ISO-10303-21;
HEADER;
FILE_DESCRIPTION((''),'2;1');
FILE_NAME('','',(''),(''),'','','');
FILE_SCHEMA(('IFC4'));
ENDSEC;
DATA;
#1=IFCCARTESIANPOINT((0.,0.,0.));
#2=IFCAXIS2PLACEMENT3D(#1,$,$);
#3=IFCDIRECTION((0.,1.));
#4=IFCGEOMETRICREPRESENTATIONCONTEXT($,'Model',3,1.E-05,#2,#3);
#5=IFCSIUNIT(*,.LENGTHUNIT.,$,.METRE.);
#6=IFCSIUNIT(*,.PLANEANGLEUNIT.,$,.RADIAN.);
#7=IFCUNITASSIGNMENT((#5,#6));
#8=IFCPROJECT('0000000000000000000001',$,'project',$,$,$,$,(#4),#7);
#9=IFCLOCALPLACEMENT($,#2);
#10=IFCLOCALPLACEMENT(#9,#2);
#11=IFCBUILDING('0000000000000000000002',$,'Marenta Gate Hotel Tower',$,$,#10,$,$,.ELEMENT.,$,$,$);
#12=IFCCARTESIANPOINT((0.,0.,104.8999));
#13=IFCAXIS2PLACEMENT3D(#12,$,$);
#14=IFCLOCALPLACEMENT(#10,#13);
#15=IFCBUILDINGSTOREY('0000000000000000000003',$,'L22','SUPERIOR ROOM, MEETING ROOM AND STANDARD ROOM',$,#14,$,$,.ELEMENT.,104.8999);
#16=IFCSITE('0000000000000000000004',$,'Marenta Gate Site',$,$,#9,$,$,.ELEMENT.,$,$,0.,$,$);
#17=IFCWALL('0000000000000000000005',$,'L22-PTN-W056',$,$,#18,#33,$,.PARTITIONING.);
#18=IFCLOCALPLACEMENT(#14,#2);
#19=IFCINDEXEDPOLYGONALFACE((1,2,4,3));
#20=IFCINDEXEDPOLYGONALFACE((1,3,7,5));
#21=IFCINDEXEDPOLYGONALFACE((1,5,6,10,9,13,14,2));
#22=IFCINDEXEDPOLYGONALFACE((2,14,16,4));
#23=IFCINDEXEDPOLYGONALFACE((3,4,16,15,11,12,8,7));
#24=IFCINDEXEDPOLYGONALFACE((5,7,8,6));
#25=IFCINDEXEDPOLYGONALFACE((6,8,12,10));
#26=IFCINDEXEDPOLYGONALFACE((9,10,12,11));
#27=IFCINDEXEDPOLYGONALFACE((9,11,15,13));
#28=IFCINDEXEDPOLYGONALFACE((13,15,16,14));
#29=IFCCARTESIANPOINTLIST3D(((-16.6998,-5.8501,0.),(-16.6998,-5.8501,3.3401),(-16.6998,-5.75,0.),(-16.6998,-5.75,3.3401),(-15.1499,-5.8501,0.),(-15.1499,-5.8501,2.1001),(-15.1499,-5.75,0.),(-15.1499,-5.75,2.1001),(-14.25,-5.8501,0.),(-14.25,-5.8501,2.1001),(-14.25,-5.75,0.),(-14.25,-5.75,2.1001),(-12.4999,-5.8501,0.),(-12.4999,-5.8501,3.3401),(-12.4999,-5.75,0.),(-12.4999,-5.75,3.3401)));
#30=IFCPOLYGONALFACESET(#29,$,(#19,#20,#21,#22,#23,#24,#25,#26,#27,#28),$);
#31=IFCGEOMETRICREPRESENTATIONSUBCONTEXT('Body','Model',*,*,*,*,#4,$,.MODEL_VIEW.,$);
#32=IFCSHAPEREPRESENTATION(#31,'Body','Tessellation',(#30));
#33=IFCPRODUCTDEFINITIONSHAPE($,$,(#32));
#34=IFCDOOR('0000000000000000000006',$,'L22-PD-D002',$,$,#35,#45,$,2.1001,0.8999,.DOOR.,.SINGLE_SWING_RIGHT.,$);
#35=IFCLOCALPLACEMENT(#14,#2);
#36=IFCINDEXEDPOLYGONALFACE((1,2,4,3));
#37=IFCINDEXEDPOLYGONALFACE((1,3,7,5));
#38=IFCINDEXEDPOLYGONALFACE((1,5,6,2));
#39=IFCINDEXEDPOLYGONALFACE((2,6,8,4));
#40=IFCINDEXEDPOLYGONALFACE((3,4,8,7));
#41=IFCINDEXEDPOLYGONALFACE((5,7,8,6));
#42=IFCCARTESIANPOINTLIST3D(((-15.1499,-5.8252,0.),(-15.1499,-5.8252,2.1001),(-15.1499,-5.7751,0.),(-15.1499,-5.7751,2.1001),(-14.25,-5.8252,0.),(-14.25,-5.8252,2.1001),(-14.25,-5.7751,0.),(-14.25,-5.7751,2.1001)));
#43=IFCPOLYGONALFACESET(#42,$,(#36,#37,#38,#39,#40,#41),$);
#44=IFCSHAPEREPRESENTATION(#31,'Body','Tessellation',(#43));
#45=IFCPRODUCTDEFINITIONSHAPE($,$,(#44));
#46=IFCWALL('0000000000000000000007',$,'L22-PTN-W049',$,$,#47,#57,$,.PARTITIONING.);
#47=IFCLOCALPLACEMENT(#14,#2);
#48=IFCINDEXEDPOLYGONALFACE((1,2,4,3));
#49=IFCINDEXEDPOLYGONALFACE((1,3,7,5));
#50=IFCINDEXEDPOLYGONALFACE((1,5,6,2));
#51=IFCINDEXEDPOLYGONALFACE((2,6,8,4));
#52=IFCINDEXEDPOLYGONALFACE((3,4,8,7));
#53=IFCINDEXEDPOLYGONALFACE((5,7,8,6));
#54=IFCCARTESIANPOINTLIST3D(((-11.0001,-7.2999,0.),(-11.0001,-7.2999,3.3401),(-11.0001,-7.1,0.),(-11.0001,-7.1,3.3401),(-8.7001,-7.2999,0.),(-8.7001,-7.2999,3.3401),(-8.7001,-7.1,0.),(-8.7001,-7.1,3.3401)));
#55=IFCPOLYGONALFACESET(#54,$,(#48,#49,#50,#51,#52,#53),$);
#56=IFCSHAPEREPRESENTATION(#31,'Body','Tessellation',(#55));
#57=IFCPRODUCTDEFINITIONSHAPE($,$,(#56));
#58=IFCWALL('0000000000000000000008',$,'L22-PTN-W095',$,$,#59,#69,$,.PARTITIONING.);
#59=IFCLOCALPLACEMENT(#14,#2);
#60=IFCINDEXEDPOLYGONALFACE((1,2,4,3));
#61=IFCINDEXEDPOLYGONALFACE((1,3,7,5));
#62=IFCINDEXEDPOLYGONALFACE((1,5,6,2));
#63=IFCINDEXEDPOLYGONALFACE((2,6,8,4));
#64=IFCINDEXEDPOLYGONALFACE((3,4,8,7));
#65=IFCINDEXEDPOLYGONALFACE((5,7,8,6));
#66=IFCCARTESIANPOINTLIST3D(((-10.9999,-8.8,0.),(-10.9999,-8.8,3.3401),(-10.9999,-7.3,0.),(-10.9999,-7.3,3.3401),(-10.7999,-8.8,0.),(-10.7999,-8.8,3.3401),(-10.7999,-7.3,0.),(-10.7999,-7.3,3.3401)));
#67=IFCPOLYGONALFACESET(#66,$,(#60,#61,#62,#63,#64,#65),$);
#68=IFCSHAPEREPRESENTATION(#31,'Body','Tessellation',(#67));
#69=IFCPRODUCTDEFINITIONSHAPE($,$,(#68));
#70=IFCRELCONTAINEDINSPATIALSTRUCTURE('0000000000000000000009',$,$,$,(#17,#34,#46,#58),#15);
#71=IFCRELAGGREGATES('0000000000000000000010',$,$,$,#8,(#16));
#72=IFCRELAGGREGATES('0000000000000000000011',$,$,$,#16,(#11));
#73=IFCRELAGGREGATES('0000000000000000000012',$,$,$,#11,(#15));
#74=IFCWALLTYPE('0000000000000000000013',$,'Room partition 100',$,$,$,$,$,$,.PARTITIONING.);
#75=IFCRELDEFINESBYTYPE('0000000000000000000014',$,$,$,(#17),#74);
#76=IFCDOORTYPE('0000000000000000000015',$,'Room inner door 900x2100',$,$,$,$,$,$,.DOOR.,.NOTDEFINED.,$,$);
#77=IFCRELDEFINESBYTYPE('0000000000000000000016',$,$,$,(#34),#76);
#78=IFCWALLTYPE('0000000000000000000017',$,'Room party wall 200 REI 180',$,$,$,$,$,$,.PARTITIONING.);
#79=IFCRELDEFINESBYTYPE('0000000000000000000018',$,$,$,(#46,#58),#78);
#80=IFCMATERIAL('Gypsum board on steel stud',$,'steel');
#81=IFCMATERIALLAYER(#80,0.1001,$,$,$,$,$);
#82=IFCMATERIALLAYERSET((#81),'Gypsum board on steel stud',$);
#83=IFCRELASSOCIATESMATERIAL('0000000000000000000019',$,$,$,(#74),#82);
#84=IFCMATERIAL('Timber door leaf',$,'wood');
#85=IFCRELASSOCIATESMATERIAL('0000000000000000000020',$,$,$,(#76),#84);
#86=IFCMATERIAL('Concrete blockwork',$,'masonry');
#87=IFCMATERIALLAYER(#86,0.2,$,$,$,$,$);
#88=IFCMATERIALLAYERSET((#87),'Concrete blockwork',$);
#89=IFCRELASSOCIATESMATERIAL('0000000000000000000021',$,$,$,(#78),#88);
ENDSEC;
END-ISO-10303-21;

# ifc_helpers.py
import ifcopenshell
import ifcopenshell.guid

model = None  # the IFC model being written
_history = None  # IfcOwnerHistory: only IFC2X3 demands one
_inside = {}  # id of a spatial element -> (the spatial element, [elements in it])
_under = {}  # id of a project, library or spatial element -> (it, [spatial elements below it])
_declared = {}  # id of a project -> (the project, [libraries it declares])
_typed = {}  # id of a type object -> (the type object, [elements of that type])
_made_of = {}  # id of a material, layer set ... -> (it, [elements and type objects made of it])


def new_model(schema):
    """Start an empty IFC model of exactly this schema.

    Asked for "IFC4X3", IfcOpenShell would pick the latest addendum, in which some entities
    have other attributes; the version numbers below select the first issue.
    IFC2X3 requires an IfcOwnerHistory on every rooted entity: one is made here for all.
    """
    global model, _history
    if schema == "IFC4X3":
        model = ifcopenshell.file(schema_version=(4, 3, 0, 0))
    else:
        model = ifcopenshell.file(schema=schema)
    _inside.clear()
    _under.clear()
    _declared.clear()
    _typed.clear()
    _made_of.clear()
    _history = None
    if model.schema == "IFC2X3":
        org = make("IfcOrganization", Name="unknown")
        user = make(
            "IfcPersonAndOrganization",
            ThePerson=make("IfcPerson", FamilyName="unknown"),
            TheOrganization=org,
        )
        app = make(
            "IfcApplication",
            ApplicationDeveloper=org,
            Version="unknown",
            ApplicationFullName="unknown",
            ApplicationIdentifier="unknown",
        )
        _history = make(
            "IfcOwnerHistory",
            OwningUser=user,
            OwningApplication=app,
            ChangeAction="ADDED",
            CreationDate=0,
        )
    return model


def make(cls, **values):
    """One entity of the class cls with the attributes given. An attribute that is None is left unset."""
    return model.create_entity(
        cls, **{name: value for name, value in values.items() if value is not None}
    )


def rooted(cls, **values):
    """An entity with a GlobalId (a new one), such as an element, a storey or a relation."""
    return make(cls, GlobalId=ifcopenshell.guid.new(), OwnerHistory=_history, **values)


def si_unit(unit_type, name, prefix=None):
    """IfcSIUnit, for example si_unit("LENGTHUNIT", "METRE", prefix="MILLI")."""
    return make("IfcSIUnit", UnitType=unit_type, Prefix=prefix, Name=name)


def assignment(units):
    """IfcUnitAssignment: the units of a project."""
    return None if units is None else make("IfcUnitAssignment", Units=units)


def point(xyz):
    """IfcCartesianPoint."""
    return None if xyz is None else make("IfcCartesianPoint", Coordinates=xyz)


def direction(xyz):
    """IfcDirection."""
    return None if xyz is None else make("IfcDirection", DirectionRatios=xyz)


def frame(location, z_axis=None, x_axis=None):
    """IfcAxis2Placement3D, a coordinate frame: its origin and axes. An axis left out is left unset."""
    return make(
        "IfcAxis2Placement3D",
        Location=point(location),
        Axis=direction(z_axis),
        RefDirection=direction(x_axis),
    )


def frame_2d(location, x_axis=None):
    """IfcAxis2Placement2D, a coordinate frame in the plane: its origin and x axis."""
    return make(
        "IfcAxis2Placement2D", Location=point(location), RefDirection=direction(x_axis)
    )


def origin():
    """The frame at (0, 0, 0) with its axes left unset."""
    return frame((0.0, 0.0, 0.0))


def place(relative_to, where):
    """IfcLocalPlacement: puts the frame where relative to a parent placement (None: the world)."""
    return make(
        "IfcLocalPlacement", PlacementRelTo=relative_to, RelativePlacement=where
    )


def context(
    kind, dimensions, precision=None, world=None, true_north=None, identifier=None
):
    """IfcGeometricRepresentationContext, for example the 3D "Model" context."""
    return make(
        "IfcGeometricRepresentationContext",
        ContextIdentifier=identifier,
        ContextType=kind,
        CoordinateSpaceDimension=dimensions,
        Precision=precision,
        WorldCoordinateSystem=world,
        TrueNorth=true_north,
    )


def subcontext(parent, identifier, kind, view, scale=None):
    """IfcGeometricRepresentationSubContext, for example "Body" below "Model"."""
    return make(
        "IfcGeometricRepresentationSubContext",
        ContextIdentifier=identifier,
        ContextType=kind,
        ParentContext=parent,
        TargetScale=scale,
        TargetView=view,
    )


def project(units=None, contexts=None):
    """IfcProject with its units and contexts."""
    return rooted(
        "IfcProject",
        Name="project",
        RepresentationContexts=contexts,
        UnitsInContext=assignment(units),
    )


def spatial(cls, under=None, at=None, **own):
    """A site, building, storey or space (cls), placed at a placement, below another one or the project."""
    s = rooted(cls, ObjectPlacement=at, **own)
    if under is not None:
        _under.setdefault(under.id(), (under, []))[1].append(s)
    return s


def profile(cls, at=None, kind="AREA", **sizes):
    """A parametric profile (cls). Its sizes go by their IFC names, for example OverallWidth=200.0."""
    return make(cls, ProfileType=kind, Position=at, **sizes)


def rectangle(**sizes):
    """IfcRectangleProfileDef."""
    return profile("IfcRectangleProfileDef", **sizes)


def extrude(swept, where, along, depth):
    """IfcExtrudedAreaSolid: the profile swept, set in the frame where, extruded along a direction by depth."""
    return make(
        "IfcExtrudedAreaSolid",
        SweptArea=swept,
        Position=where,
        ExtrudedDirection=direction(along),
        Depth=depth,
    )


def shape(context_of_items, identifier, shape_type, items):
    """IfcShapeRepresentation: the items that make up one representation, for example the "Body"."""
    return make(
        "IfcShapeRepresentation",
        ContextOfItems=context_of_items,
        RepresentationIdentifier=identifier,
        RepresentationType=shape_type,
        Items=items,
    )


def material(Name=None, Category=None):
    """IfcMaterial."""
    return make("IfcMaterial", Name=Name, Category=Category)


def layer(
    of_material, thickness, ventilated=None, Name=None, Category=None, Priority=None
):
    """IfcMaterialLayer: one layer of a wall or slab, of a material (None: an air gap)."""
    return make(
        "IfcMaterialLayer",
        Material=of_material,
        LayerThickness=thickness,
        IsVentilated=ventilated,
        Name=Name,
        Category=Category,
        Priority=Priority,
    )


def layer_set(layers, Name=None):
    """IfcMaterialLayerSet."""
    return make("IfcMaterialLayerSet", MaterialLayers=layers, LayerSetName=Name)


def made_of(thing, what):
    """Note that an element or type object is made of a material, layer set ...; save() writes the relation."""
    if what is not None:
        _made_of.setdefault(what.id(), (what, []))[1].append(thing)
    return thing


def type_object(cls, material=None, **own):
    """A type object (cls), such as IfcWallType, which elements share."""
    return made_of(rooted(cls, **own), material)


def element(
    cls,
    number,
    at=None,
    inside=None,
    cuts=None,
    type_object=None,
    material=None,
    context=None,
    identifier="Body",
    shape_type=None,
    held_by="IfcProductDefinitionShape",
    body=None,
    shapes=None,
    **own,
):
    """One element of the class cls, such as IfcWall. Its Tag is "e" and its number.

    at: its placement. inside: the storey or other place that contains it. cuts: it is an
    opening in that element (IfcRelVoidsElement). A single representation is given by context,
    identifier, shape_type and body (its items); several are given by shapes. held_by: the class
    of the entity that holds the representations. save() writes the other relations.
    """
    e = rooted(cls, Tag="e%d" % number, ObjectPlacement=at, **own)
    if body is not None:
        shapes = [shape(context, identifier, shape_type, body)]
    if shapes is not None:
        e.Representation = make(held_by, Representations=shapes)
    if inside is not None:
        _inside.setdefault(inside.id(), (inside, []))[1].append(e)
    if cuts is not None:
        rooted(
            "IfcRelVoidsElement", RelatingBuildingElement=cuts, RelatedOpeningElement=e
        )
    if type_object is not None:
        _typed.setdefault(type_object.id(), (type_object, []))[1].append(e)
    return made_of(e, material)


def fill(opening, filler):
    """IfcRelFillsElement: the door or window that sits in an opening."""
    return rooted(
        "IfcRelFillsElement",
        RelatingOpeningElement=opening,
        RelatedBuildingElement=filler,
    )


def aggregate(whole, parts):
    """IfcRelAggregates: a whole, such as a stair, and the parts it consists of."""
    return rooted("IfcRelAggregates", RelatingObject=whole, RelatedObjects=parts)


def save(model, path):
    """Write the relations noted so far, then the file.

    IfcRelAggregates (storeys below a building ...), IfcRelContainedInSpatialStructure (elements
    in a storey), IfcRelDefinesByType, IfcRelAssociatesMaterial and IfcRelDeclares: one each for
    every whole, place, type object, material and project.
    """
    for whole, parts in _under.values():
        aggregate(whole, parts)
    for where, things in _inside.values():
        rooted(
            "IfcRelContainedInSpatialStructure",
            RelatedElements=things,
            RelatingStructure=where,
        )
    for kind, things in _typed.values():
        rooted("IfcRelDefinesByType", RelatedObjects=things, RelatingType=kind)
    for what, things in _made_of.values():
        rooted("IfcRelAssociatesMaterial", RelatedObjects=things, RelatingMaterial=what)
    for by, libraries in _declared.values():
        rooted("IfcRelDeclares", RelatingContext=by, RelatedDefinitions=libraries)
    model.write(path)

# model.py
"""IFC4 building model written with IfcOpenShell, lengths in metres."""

from ifc_helpers import new_model, si_unit, direction, frame, frame_2d, origin, place, context, subcontext, project, spatial, rectangle, extrude, material, layer, layer_set, type_object, element, fill, save


model = new_model("IFC4")

# Units and contexts
model_context = context("Model", 3, precision=1e-05, world=origin(), true_north=direction((0.0, 1.0)))
body_context = subcontext(model_context, "Body", "Model", "MODEL_VIEW")
ifc_project = project(units=[si_unit("LENGTHUNIT", "METRE"), si_unit("PLANEANGLEUNIT", "RADIAN")], contexts=[model_context])

# Site, building, storey
site_placement = place(None, origin())
site = spatial("IfcSite", under=ifc_project, at=site_placement, Name="Marenta Gate Site", CompositionType="ELEMENT", RefElevation=0.0)
building_placement = place(site_placement, origin())
building = spatial("IfcBuilding", under=site, at=building_placement, Name="Marenta Gate Hotel Tower", CompositionType="ELEMENT")
storey_placement = place(building_placement, frame((0.0, 0.0, 104.8999)))
storey = spatial("IfcBuildingStorey", under=building, at=storey_placement, Name="L22", Description="SUPERIOR ROOM, MEETING ROOM AND STANDARD ROOM", CompositionType="ELEMENT", Elevation=104.8999)

# Wall, opening, door
ifc_material_1 = material(Name="Gypsum board on steel stud", Category="steel")
ifc_layer_1 = layer(ifc_material_1, 0.1001)
ifc_layer_set_1 = layer_set([ifc_layer_1], Name="Gypsum board on steel stud")
wall_type_1 = type_object("IfcWallType", Name="Room partition 100", PredefinedType="PARTITIONING", material=ifc_layer_set_1)
wall_1_placement = place(storey_placement, frame((-16.7, -5.8, 0.0), z_axis=(0.0, 0.0, 1.0), x_axis=(1.0, 0.0, 0.0)))
wall_1 = element("IfcWall", 1, at=wall_1_placement, inside=storey, type_object=wall_type_1, Name="L22-PTN-W056", PredefinedType="PARTITIONING", context=body_context, shape_type="SweptSolid", body=[
    extrude(rectangle(XDim=4.2, YDim=0.1001, at=frame_2d((2.1001, 0.0))), origin(), (0.0, 0.0, 1.0), 3.3401),
])
opening_1_placement = place(wall_1_placement, frame((1.55, 0.0, 0.0)))
opening_1 = element("IfcOpeningElement", 2, at=opening_1_placement, cuts=wall_1, PredefinedType="OPENING", context=body_context, shape_type="SweptSolid", body=[
    extrude(rectangle(XDim=0.8999, YDim=2.1001, at=frame_2d((0.45, 1.05))), frame((0.0, 0.05, 0.0), z_axis=(0.0, -1.0, 0.0), x_axis=(1.0, 0.0, 0.0)), (0.0, 0.0, 1.0), 0.1001),
])
ifc_material_2 = material(Name="Timber door leaf", Category="wood")
door_type_1 = type_object("IfcDoorType", Name="Room inner door 900x2100", OperationType="NOTDEFINED", PredefinedType="DOOR", material=ifc_material_2)
door_1_placement = place(opening_1_placement, origin())
door_1 = element("IfcDoor", 3, at=door_1_placement, inside=storey, type_object=door_type_1, Name="L22-PD-D002", OperationType="SINGLE_SWING_RIGHT", OverallHeight=2.1001, OverallWidth=0.8999, PredefinedType="DOOR", context=body_context, shape_type="SweptSolid", body=[
    extrude(rectangle(XDim=0.8999, YDim=2.1001, at=frame_2d((0.45, 1.05))), frame((0.0, 0.0249, 0.0), z_axis=(0.0, -1.0, 0.0), x_axis=(1.0, 0.0, 0.0)), (0.0, 0.0, 1.0), 0.05),
])
fill(opening_1, door_1)

# Walls
ifc_material_3 = material(Name="Concrete blockwork", Category="masonry")
ifc_layer_2 = layer(ifc_material_3, 0.2)
ifc_layer_set_2 = layer_set([ifc_layer_2], Name="Concrete blockwork")
wall_type_2 = type_object("IfcWallType", Name="Room party wall 200 REI 180", PredefinedType="PARTITIONING", material=ifc_layer_set_2)
wall_2_placement = place(storey_placement, frame((-11.0, -7.2, 0.0), z_axis=(0.0, 0.0, 1.0), x_axis=(1.0, 0.0, 0.0)))
element("IfcWall", 4, at=wall_2_placement, inside=storey, type_object=wall_type_2, Name="L22-PTN-W049", PredefinedType="PARTITIONING", context=body_context, shape_type="SweptSolid", body=[
    extrude(rectangle(XDim=2.3, YDim=0.2, at=frame_2d((1.1499, 0.0))), origin(), (0.0, 0.0, 1.0), 3.3401),
])
wall_3_placement = place(storey_placement, frame((-10.8999, -8.8, 0.0), z_axis=(0.0, 0.0, 1.0), x_axis=(0.0, 1.0, 0.0)))
element("IfcWall", 5, at=wall_3_placement, inside=storey, type_object=wall_type_2, Name="L22-PTN-W095", PredefinedType="PARTITIONING", context=body_context, shape_type="SweptSolid", body=[
    extrude(rectangle(XDim=1.5, YDim=0.2, at=frame_2d((0.75, 0.0))), origin(), (0.0, 0.0, 1.0), 3.3401),
])

save(model, "model.ifc")
